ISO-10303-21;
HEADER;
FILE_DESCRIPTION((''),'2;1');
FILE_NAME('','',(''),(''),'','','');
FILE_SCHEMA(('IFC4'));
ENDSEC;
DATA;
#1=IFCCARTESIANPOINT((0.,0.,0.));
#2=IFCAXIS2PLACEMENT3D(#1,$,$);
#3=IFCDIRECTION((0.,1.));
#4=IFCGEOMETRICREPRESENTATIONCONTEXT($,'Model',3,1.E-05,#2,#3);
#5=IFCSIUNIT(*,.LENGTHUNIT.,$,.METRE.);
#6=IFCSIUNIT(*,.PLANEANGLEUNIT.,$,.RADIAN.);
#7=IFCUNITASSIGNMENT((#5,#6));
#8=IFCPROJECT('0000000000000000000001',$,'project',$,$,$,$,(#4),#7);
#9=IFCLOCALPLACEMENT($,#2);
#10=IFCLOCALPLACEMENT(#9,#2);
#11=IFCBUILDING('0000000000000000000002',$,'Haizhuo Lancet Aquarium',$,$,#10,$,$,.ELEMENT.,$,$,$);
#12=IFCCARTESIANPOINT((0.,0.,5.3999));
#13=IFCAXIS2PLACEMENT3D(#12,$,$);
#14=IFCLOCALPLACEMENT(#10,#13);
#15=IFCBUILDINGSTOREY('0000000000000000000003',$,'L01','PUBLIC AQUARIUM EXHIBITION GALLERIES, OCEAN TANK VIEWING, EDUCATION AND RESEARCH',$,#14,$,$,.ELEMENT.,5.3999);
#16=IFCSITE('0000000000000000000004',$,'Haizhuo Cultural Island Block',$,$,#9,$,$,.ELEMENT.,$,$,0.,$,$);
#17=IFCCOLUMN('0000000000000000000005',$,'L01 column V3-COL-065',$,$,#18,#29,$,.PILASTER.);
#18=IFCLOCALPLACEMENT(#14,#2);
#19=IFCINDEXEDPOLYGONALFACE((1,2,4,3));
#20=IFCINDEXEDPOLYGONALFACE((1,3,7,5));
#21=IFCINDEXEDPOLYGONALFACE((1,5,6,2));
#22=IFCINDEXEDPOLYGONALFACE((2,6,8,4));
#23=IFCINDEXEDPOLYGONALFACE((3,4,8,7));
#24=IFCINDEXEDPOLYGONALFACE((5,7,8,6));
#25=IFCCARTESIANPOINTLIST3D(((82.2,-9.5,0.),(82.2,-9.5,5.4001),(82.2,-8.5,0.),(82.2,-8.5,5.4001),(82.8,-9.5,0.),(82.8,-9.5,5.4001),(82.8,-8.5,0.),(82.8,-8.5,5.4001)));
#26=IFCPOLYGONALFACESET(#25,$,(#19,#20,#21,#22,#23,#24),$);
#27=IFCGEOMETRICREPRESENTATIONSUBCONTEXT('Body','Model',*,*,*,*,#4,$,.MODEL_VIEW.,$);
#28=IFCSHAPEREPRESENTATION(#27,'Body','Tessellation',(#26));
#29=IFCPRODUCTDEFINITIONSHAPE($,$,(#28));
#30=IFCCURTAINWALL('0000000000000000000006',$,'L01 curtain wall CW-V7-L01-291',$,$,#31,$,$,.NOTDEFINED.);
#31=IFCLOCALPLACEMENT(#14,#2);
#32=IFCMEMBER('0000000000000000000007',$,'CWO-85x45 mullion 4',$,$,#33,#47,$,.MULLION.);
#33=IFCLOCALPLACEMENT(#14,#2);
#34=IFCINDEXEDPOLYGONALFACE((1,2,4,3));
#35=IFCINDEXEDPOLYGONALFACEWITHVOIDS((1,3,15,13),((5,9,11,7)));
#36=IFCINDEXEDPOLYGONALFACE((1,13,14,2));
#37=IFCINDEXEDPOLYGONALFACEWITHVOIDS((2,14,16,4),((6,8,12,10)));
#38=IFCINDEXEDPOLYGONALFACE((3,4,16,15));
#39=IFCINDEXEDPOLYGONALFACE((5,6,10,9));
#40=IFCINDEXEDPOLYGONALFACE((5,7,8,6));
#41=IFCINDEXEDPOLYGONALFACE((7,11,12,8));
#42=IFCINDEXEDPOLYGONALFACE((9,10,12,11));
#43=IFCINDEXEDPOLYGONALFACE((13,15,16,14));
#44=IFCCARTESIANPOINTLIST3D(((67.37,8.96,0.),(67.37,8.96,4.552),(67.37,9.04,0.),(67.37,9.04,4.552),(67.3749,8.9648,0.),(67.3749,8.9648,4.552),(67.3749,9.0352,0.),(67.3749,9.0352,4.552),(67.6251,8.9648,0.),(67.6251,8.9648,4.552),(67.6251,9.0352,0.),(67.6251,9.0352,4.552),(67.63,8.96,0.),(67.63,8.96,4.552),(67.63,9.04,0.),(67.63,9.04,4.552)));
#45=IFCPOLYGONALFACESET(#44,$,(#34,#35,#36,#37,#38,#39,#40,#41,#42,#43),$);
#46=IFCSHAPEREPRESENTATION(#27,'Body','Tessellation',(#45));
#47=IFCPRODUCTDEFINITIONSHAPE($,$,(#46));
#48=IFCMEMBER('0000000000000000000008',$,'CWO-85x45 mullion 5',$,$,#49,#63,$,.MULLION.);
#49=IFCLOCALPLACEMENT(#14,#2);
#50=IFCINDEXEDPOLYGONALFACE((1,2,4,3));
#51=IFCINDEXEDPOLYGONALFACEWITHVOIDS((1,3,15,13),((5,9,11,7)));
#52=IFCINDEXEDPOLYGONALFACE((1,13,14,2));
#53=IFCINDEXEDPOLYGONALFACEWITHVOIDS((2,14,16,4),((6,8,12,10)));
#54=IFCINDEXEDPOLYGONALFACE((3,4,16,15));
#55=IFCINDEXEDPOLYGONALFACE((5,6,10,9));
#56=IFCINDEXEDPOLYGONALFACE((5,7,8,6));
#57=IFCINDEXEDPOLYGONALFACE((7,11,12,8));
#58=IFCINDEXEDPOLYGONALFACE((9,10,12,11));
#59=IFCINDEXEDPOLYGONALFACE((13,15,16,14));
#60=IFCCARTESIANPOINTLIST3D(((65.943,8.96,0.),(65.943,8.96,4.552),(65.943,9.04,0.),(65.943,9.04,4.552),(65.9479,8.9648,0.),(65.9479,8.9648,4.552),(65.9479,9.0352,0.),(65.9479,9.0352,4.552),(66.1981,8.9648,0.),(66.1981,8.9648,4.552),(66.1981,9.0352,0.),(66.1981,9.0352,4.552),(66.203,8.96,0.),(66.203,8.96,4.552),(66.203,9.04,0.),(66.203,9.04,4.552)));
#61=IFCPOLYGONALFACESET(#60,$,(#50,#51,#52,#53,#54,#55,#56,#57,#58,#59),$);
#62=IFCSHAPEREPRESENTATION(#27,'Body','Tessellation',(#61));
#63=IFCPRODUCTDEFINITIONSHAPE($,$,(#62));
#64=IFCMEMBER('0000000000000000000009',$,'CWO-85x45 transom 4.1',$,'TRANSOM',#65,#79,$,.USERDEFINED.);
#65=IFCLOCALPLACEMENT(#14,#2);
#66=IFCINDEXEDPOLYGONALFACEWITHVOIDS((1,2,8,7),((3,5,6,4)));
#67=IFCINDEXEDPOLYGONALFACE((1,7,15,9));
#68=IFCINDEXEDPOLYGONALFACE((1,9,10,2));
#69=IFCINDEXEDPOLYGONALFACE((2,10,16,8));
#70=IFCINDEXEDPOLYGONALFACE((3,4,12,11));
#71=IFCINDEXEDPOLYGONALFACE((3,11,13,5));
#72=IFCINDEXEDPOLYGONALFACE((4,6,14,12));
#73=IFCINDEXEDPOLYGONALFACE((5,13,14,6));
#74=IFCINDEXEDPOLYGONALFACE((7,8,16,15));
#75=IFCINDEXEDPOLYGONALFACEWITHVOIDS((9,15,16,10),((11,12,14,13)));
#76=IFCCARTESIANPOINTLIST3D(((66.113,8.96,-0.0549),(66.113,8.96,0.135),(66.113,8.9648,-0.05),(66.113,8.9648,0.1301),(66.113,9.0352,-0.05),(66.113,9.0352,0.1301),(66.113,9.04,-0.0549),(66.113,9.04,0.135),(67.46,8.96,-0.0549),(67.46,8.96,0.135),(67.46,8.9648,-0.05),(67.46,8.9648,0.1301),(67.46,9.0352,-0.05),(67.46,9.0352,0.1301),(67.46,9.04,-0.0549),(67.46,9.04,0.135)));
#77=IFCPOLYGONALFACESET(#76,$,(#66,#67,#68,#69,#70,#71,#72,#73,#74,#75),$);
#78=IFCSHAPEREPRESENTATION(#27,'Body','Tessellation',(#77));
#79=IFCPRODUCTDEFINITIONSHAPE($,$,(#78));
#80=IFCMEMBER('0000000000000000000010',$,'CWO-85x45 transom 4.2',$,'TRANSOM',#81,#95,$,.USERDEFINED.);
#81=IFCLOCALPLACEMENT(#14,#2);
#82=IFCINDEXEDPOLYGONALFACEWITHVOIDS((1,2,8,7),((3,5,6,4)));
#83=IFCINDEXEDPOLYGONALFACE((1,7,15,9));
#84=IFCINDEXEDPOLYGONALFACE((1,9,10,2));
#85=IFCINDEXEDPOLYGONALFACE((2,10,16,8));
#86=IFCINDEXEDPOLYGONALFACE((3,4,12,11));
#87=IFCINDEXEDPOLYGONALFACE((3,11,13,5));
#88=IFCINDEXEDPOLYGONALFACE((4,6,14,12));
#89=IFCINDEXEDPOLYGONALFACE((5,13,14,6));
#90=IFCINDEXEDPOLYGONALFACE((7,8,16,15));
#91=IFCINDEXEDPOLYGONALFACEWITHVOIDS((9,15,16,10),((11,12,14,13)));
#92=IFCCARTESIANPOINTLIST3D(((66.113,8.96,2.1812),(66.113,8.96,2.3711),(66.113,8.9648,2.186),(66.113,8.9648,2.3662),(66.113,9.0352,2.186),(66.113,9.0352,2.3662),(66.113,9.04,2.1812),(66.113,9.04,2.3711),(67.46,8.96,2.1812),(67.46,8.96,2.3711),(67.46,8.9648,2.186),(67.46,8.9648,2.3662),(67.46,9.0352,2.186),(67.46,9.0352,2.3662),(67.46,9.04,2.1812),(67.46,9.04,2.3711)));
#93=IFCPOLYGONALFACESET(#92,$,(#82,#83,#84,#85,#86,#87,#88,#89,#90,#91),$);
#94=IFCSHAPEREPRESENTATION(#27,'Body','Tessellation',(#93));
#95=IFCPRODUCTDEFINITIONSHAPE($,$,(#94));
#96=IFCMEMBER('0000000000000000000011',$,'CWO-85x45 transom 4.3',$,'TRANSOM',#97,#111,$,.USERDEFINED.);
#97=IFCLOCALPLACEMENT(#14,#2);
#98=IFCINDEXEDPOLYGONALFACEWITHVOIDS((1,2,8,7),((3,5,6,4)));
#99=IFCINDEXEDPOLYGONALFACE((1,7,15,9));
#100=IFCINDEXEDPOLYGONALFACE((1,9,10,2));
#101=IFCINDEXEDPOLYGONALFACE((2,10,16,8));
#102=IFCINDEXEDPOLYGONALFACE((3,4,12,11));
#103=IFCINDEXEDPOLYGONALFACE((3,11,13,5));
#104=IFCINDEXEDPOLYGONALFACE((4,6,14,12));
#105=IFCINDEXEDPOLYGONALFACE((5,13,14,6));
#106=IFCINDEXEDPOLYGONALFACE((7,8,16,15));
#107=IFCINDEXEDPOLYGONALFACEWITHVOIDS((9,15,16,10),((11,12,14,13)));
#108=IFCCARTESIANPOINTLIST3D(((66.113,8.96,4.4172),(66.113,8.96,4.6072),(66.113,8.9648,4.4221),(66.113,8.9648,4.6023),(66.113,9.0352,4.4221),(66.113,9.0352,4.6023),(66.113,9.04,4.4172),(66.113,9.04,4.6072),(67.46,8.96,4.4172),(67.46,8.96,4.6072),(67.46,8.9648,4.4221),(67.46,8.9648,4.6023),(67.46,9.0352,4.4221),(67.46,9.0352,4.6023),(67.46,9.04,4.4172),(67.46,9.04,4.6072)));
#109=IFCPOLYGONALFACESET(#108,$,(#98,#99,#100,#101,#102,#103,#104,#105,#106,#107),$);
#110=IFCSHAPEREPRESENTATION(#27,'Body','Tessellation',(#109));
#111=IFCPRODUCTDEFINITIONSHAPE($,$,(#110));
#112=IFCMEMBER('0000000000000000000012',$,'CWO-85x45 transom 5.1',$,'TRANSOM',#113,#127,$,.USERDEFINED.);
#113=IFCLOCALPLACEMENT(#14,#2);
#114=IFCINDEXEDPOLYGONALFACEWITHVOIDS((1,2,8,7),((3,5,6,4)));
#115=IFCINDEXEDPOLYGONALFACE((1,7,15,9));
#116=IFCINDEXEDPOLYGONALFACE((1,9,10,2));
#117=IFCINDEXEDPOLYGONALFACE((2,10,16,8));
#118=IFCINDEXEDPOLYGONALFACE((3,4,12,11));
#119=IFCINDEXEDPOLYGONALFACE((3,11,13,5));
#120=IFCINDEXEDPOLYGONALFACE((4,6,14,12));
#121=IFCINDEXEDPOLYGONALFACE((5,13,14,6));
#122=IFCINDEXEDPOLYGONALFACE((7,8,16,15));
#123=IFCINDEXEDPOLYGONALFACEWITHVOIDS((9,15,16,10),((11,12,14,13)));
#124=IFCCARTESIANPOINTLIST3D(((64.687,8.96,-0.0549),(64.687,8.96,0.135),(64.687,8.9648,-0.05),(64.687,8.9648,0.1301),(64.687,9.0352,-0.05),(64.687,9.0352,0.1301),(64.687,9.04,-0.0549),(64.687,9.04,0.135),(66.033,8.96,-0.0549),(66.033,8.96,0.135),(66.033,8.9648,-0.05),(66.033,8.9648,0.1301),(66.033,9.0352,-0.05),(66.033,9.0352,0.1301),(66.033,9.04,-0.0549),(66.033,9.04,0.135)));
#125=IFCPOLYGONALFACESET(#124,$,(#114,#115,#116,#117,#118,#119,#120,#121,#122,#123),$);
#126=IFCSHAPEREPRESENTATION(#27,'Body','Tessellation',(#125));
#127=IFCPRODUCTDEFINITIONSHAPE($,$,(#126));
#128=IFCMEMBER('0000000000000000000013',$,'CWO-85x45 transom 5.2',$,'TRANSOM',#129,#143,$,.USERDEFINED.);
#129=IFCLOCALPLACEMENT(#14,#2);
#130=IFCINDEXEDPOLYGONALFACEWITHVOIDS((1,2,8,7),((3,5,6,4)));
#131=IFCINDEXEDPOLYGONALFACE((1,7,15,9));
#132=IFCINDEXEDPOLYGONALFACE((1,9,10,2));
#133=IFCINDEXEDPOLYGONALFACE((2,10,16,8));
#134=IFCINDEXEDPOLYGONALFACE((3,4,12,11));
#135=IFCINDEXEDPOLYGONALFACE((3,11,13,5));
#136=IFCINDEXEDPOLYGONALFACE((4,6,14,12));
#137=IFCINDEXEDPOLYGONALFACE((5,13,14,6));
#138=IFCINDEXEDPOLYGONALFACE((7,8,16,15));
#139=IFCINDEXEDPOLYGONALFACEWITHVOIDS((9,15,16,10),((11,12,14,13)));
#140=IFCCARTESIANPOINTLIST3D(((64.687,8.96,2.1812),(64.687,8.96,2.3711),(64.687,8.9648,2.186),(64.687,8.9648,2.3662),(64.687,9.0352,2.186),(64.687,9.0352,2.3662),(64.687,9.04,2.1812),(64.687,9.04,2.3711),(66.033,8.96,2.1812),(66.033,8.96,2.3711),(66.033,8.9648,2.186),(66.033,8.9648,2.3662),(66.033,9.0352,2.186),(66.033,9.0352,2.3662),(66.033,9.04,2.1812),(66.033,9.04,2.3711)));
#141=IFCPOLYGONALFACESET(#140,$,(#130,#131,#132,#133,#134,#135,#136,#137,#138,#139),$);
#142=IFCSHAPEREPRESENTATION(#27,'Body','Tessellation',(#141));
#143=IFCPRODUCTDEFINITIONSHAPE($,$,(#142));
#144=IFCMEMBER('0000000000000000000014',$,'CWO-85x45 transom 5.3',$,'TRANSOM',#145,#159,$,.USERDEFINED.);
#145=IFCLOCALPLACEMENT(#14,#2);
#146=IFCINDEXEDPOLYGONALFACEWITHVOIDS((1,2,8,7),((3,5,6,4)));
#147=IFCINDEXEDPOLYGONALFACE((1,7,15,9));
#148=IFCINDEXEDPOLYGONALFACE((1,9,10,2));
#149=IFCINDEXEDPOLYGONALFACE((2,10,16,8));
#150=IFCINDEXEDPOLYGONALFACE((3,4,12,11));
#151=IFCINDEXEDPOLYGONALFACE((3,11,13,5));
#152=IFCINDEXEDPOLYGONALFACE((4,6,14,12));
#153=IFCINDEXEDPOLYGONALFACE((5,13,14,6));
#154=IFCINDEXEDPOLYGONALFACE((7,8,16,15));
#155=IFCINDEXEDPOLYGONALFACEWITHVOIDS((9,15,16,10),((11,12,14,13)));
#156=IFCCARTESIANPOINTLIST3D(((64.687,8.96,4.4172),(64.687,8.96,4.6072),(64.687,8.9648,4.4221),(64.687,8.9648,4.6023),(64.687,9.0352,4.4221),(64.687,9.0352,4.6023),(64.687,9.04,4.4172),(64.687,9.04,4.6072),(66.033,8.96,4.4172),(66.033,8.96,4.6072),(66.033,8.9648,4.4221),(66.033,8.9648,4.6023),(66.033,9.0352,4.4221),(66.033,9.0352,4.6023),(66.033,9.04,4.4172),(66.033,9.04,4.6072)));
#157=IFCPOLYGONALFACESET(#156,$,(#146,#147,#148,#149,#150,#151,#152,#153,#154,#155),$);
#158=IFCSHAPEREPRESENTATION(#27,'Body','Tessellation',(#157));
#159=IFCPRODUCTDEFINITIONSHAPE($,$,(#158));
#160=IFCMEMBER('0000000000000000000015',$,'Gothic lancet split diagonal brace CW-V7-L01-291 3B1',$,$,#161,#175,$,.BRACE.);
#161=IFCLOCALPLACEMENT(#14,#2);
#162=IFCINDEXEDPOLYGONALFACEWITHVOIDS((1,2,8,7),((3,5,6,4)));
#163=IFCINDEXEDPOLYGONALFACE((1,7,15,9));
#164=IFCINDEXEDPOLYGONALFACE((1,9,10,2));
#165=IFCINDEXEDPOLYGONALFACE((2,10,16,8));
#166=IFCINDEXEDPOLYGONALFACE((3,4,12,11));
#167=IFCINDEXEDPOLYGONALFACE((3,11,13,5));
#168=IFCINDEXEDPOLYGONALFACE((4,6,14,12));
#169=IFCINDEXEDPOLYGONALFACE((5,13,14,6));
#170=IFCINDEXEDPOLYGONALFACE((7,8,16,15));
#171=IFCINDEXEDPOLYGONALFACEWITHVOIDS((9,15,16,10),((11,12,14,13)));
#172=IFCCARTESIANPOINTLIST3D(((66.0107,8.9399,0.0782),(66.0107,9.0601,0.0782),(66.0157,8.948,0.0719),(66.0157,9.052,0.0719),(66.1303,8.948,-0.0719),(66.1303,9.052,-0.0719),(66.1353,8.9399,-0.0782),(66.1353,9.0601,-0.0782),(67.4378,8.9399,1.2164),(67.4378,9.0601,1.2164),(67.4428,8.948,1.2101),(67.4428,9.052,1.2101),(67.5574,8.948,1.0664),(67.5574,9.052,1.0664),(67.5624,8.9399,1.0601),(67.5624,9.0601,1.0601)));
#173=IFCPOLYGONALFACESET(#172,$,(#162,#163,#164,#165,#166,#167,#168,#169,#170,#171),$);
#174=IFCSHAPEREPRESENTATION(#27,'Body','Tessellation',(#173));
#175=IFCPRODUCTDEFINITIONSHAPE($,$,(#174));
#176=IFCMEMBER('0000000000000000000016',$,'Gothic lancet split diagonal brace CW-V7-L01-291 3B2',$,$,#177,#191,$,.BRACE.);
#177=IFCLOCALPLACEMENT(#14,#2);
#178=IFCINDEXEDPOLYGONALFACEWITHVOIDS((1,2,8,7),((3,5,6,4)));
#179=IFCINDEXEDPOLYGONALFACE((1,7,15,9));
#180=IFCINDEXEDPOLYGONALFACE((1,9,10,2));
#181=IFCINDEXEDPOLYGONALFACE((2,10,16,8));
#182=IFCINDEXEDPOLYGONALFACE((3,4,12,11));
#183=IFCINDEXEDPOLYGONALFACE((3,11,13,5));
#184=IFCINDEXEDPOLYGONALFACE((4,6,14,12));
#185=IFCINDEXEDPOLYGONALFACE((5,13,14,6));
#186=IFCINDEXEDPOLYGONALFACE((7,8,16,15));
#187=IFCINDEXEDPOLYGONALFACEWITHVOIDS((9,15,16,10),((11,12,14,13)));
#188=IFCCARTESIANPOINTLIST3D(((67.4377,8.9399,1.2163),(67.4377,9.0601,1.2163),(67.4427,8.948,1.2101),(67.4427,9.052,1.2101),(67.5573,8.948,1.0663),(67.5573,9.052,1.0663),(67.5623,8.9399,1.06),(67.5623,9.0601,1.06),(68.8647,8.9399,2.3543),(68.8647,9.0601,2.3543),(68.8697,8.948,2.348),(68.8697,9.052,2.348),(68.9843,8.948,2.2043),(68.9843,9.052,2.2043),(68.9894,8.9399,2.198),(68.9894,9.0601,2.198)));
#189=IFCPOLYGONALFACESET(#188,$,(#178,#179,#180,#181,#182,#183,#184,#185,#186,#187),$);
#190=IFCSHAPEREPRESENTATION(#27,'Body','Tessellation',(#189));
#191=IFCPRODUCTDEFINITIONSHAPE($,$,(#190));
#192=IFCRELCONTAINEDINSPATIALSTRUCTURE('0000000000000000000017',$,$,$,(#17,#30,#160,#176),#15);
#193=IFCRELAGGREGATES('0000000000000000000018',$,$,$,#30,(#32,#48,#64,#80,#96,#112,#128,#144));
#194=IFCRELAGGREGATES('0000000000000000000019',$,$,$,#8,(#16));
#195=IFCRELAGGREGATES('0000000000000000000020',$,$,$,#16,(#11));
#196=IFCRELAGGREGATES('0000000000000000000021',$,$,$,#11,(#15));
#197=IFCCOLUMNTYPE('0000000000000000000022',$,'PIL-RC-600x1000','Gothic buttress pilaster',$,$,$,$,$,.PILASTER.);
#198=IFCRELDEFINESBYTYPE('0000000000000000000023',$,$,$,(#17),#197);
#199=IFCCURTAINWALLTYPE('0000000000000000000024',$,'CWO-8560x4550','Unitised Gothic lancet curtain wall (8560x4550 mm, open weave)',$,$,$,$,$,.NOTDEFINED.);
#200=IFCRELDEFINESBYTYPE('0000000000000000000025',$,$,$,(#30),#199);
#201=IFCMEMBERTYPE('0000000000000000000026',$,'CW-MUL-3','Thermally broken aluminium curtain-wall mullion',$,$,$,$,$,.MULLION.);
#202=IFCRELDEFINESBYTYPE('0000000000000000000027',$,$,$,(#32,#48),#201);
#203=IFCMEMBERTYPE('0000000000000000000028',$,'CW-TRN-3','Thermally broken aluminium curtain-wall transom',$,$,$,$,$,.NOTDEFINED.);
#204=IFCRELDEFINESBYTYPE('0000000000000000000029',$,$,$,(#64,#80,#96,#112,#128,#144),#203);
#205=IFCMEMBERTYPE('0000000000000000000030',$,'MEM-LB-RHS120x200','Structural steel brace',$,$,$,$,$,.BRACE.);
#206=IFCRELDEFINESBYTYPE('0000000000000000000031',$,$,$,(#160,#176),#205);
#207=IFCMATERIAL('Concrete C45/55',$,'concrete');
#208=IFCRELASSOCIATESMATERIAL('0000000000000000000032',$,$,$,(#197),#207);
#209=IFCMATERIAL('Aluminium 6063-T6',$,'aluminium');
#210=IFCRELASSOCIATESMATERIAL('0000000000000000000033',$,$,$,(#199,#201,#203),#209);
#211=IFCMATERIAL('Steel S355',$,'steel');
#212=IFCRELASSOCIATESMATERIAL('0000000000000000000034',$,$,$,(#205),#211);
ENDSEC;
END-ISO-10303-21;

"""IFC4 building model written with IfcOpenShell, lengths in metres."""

from ifc_helpers import new_model, si_unit, direction, frame, origin, origin_2d, place, context, subcontext, project, spatial, rectangle, hollow_rectangle, extrude, material, material_profile, profile_set, type_object, element, aggregate, save


model = new_model("IFC4")

# Units and contexts
model_context = context("Model", 3, precision=1e-05, world=origin(), true_north=direction((0.0, 1.0)))
body_context = subcontext(model_context, "Body", "Model", "MODEL_VIEW")
ifc_project = project(units=[si_unit("LENGTHUNIT", "METRE"), si_unit("PLANEANGLEUNIT", "RADIAN")], contexts=[model_context])

# Site, building, storey
site_placement = place(None, origin())
site = spatial("IfcSite", under=ifc_project, at=site_placement, Name="Haizhuo Cultural Island Block", CompositionType="ELEMENT", RefElevation=0.0)
building_placement = place(site_placement, origin())
building = spatial("IfcBuilding", under=site, at=building_placement, Name="Haizhuo Lancet Aquarium", CompositionType="ELEMENT")
storey_placement = place(building_placement, frame((0.0, 0.0, 5.3999)))
storey = spatial("IfcBuildingStorey", under=building, at=storey_placement, Name="L01", Description="PUBLIC AQUARIUM EXHIBITION GALLERIES, OCEAN TANK VIEWING, EDUCATION AND RESEARCH", CompositionType="ELEMENT", Elevation=5.3999)

# Column
ifc_material_1 = material(Name="Concrete C45/55", Category="concrete")
ifc_material_profile_1 = material_profile(ifc_material_1, rectangle(XDim=0.6001, YDim=1.0, at=origin_2d()), Name="RC-PIL 600x1000")
ifc_profile_set_1 = profile_set([ifc_material_profile_1], Name="Concrete C45/55")
column_type = type_object("IfcColumnType", Name="PIL-RC-600x1000", Description="Gothic buttress pilaster", PredefinedType="PILASTER", material=ifc_profile_set_1)
column_placement = place(storey_placement, frame((82.5, -9.0, 0.0), z_axis=(0.0, 0.0, 1.0), x_axis=(1.0, 0.0, 0.0)))
element("IfcColumn", 1, at=column_placement, inside=storey, type_object=column_type, Name="L01 column V3-COL-065", PredefinedType="PILASTER", context=body_context, shape_type="SweptSolid", body=[
    extrude(rectangle(XDim=0.6001, YDim=1.0, at=origin_2d()), origin(), (0.0, 0.0, 1.0), 5.4001),
])

# Curtain wall, members
ifc_material_2 = material(Name="Aluminium 6063-T6", Category="aluminium")
curtain_wall_type = type_object("IfcCurtainWallType", Name="CWO-8560x4550", Description="Unitised Gothic lancet curtain wall (8560x4550 mm, open weave)", PredefinedType="NOTDEFINED", material=ifc_material_2)
curtain_wall_placement = place(storey_placement, origin())
curtain_wall = element("IfcCurtainWall", 2, at=curtain_wall_placement, inside=storey, type_object=curtain_wall_type, Name="L01 curtain wall CW-V7-L01-291", PredefinedType="NOTDEFINED")
ifc_material_profile_2 = material_profile(ifc_material_2, hollow_rectangle(XDim=0.0801, YDim=0.26, WallThickness=0.0049, at=origin_2d()), Name="ALU-M 80x260x5")
ifc_profile_set_2 = profile_set([ifc_material_profile_2], Name="Aluminium 6063-T6")
member_type_1 = type_object("IfcMemberType", Name="CW-MUL-3", Description="Thermally broken aluminium curtain-wall mullion", PredefinedType="MULLION", material=ifc_profile_set_2)
member_1_placement = place(storey_placement, frame((67.5, 9.0, 0.0), z_axis=(0.0, 0.0, 1.0), x_axis=(0.0, -1.0, 0.0)))
member_1 = element("IfcMember", 3, at=member_1_placement, type_object=member_type_1, Name="CWO-85x45 mullion 4", PredefinedType="MULLION", context=body_context, shape_type="SweptSolid", body=[
    extrude(hollow_rectangle(XDim=0.0801, YDim=0.26, WallThickness=0.0049, at=origin_2d()), origin(), (0.0, 0.0, 1.0), 4.552),
])
member_2_placement = place(storey_placement, frame((66.073, 9.0, 0.0), z_axis=(0.0, 0.0, 1.0), x_axis=(0.0, -1.0, 0.0)))
member_2 = element("IfcMember", 4, at=member_2_placement, type_object=member_type_1, Name="CWO-85x45 mullion 5", PredefinedType="MULLION", context=body_context, shape_type="SweptSolid", body=[
    extrude(hollow_rectangle(XDim=0.0801, YDim=0.26, WallThickness=0.0049, at=origin_2d()), origin(), (0.0, 0.0, 1.0), 4.552),
])
ifc_material_profile_3 = material_profile(ifc_material_2, hollow_rectangle(XDim=0.0801, YDim=0.1899, WallThickness=0.0049, at=origin_2d()), Name="ALU-T 80x190x5")
ifc_profile_set_3 = profile_set([ifc_material_profile_3], Name="Aluminium 6063-T6")
member_type_2 = type_object("IfcMemberType", Name="CW-TRN-3", Description="Thermally broken aluminium curtain-wall transom", PredefinedType="NOTDEFINED", material=ifc_profile_set_3)
member_3_placement = place(storey_placement, frame((67.46, 9.0, 0.04), z_axis=(-1.0, 0.0, 0.0), x_axis=(0.0, -1.0, 0.0)))
member_3 = element("IfcMember", 5, at=member_3_placement, type_object=member_type_2, Name="CWO-85x45 transom 4.1", ObjectType="TRANSOM", PredefinedType="USERDEFINED", context=body_context, shape_type="SweptSolid", body=[
    extrude(hollow_rectangle(XDim=0.0801, YDim=0.1899, WallThickness=0.0049, at=origin_2d()), origin(), (0.0, 0.0, 1.0), 1.3469),
])
member_4_placement = place(storey_placement, frame((67.46, 9.0, 2.2761), z_axis=(-1.0, 0.0, 0.0), x_axis=(0.0, -1.0, 0.0)))
member_4 = element("IfcMember", 6, at=member_4_placement, type_object=member_type_2, Name="CWO-85x45 transom 4.2", ObjectType="TRANSOM", PredefinedType="USERDEFINED", context=body_context, shape_type="SweptSolid", body=[
    extrude(hollow_rectangle(XDim=0.0801, YDim=0.1899, WallThickness=0.0049, at=origin_2d()), origin(), (0.0, 0.0, 1.0), 1.3469),
])
member_5_placement = place(storey_placement, frame((67.46, 9.0, 4.5122), z_axis=(-1.0, 0.0, 0.0), x_axis=(0.0, -1.0, 0.0)))
member_5 = element("IfcMember", 7, at=member_5_placement, type_object=member_type_2, Name="CWO-85x45 transom 4.3", ObjectType="TRANSOM", PredefinedType="USERDEFINED", context=body_context, shape_type="SweptSolid", body=[
    extrude(hollow_rectangle(XDim=0.0801, YDim=0.1899, WallThickness=0.0049, at=origin_2d()), origin(), (0.0, 0.0, 1.0), 1.3469),
])
member_6_placement = place(storey_placement, frame((66.033, 9.0, 0.04), z_axis=(-1.0, 0.0, 0.0), x_axis=(0.0, -1.0, 0.0)))
member_6 = element("IfcMember", 8, at=member_6_placement, type_object=member_type_2, Name="CWO-85x45 transom 5.1", ObjectType="TRANSOM", PredefinedType="USERDEFINED", context=body_context, shape_type="SweptSolid", body=[
    extrude(hollow_rectangle(XDim=0.0801, YDim=0.1899, WallThickness=0.0049, at=origin_2d()), origin(), (0.0, 0.0, 1.0), 1.3459),
])
member_7_placement = place(storey_placement, frame((66.033, 9.0, 2.2761), z_axis=(-1.0, 0.0, 0.0), x_axis=(0.0, -1.0, 0.0)))
member_7 = element("IfcMember", 9, at=member_7_placement, type_object=member_type_2, Name="CWO-85x45 transom 5.2", ObjectType="TRANSOM", PredefinedType="USERDEFINED", context=body_context, shape_type="SweptSolid", body=[
    extrude(hollow_rectangle(XDim=0.0801, YDim=0.1899, WallThickness=0.0049, at=origin_2d()), origin(), (0.0, 0.0, 1.0), 1.3459),
])
member_8_placement = place(storey_placement, frame((66.033, 9.0, 4.5122), z_axis=(-1.0, 0.0, 0.0), x_axis=(0.0, -1.0, 0.0)))
member_8 = element("IfcMember", 10, at=member_8_placement, type_object=member_type_2, Name="CWO-85x45 transom 5.3", ObjectType="TRANSOM", PredefinedType="USERDEFINED", context=body_context, shape_type="SweptSolid", body=[
    extrude(hollow_rectangle(XDim=0.0801, YDim=0.1899, WallThickness=0.0049, at=origin_2d()), origin(), (0.0, 0.0, 1.0), 1.3459),
])

# Members
ifc_material_3 = material(Name="Steel S355", Category="steel")
ifc_material_profile_4 = material_profile(ifc_material_3, hollow_rectangle(XDim=0.1201, YDim=0.2, WallThickness=0.0081, at=origin_2d()), Name="RHS 120x200x8")
ifc_profile_set_4 = profile_set([ifc_material_profile_4], Name="Steel S355")
member_type_3 = type_object("IfcMemberType", Name="MEM-LB-RHS120x200", Description="Structural steel brace", PredefinedType="BRACE", material=ifc_profile_set_4)
member_9_placement = place(storey_placement, frame((66.073, 9.0, 0.0), z_axis=(0.781781, 0.0, 0.623553), x_axis=(0.0, 1.0, 0.0)))
element("IfcMember", 11, at=member_9_placement, inside=storey, type_object=member_type_3, Name="Gothic lancet split diagonal brace CW-V7-L01-291 3B1", PredefinedType="BRACE", context=body_context, shape_type="SweptSolid", body=[
    extrude(hollow_rectangle(XDim=0.1201, YDim=0.2, WallThickness=0.0081, at=origin_2d()), origin(), (0.0, 0.0, 1.0), 1.8254),
])
for number, where, z_axis, x_axis, name in (
    (12, (67.5, 9.0, 1.1382), (0.781847, 0.0, 0.623471), (0.0, 1.0, 0.0), "Gothic lancet split diagonal brace CW-V7-L01-291 3B2"),
):
    element("IfcMember", number, at=place(storey_placement, frame(where, z_axis=z_axis, x_axis=x_axis)), inside=storey, type_object=member_type_3, Name=name, PredefinedType="BRACE", context=body_context, shape_type="SweptSolid", body=[
        extrude(hollow_rectangle(XDim=0.1201, YDim=0.2, WallThickness=0.0081, at=origin_2d()), origin(), (0.0, 0.0, 1.0), 1.8252),
    ])

aggregate(curtain_wall, [member_1, member_2, member_3, member_4, member_5, member_6, member_7, member_8])

save(model, "model.ifc")
